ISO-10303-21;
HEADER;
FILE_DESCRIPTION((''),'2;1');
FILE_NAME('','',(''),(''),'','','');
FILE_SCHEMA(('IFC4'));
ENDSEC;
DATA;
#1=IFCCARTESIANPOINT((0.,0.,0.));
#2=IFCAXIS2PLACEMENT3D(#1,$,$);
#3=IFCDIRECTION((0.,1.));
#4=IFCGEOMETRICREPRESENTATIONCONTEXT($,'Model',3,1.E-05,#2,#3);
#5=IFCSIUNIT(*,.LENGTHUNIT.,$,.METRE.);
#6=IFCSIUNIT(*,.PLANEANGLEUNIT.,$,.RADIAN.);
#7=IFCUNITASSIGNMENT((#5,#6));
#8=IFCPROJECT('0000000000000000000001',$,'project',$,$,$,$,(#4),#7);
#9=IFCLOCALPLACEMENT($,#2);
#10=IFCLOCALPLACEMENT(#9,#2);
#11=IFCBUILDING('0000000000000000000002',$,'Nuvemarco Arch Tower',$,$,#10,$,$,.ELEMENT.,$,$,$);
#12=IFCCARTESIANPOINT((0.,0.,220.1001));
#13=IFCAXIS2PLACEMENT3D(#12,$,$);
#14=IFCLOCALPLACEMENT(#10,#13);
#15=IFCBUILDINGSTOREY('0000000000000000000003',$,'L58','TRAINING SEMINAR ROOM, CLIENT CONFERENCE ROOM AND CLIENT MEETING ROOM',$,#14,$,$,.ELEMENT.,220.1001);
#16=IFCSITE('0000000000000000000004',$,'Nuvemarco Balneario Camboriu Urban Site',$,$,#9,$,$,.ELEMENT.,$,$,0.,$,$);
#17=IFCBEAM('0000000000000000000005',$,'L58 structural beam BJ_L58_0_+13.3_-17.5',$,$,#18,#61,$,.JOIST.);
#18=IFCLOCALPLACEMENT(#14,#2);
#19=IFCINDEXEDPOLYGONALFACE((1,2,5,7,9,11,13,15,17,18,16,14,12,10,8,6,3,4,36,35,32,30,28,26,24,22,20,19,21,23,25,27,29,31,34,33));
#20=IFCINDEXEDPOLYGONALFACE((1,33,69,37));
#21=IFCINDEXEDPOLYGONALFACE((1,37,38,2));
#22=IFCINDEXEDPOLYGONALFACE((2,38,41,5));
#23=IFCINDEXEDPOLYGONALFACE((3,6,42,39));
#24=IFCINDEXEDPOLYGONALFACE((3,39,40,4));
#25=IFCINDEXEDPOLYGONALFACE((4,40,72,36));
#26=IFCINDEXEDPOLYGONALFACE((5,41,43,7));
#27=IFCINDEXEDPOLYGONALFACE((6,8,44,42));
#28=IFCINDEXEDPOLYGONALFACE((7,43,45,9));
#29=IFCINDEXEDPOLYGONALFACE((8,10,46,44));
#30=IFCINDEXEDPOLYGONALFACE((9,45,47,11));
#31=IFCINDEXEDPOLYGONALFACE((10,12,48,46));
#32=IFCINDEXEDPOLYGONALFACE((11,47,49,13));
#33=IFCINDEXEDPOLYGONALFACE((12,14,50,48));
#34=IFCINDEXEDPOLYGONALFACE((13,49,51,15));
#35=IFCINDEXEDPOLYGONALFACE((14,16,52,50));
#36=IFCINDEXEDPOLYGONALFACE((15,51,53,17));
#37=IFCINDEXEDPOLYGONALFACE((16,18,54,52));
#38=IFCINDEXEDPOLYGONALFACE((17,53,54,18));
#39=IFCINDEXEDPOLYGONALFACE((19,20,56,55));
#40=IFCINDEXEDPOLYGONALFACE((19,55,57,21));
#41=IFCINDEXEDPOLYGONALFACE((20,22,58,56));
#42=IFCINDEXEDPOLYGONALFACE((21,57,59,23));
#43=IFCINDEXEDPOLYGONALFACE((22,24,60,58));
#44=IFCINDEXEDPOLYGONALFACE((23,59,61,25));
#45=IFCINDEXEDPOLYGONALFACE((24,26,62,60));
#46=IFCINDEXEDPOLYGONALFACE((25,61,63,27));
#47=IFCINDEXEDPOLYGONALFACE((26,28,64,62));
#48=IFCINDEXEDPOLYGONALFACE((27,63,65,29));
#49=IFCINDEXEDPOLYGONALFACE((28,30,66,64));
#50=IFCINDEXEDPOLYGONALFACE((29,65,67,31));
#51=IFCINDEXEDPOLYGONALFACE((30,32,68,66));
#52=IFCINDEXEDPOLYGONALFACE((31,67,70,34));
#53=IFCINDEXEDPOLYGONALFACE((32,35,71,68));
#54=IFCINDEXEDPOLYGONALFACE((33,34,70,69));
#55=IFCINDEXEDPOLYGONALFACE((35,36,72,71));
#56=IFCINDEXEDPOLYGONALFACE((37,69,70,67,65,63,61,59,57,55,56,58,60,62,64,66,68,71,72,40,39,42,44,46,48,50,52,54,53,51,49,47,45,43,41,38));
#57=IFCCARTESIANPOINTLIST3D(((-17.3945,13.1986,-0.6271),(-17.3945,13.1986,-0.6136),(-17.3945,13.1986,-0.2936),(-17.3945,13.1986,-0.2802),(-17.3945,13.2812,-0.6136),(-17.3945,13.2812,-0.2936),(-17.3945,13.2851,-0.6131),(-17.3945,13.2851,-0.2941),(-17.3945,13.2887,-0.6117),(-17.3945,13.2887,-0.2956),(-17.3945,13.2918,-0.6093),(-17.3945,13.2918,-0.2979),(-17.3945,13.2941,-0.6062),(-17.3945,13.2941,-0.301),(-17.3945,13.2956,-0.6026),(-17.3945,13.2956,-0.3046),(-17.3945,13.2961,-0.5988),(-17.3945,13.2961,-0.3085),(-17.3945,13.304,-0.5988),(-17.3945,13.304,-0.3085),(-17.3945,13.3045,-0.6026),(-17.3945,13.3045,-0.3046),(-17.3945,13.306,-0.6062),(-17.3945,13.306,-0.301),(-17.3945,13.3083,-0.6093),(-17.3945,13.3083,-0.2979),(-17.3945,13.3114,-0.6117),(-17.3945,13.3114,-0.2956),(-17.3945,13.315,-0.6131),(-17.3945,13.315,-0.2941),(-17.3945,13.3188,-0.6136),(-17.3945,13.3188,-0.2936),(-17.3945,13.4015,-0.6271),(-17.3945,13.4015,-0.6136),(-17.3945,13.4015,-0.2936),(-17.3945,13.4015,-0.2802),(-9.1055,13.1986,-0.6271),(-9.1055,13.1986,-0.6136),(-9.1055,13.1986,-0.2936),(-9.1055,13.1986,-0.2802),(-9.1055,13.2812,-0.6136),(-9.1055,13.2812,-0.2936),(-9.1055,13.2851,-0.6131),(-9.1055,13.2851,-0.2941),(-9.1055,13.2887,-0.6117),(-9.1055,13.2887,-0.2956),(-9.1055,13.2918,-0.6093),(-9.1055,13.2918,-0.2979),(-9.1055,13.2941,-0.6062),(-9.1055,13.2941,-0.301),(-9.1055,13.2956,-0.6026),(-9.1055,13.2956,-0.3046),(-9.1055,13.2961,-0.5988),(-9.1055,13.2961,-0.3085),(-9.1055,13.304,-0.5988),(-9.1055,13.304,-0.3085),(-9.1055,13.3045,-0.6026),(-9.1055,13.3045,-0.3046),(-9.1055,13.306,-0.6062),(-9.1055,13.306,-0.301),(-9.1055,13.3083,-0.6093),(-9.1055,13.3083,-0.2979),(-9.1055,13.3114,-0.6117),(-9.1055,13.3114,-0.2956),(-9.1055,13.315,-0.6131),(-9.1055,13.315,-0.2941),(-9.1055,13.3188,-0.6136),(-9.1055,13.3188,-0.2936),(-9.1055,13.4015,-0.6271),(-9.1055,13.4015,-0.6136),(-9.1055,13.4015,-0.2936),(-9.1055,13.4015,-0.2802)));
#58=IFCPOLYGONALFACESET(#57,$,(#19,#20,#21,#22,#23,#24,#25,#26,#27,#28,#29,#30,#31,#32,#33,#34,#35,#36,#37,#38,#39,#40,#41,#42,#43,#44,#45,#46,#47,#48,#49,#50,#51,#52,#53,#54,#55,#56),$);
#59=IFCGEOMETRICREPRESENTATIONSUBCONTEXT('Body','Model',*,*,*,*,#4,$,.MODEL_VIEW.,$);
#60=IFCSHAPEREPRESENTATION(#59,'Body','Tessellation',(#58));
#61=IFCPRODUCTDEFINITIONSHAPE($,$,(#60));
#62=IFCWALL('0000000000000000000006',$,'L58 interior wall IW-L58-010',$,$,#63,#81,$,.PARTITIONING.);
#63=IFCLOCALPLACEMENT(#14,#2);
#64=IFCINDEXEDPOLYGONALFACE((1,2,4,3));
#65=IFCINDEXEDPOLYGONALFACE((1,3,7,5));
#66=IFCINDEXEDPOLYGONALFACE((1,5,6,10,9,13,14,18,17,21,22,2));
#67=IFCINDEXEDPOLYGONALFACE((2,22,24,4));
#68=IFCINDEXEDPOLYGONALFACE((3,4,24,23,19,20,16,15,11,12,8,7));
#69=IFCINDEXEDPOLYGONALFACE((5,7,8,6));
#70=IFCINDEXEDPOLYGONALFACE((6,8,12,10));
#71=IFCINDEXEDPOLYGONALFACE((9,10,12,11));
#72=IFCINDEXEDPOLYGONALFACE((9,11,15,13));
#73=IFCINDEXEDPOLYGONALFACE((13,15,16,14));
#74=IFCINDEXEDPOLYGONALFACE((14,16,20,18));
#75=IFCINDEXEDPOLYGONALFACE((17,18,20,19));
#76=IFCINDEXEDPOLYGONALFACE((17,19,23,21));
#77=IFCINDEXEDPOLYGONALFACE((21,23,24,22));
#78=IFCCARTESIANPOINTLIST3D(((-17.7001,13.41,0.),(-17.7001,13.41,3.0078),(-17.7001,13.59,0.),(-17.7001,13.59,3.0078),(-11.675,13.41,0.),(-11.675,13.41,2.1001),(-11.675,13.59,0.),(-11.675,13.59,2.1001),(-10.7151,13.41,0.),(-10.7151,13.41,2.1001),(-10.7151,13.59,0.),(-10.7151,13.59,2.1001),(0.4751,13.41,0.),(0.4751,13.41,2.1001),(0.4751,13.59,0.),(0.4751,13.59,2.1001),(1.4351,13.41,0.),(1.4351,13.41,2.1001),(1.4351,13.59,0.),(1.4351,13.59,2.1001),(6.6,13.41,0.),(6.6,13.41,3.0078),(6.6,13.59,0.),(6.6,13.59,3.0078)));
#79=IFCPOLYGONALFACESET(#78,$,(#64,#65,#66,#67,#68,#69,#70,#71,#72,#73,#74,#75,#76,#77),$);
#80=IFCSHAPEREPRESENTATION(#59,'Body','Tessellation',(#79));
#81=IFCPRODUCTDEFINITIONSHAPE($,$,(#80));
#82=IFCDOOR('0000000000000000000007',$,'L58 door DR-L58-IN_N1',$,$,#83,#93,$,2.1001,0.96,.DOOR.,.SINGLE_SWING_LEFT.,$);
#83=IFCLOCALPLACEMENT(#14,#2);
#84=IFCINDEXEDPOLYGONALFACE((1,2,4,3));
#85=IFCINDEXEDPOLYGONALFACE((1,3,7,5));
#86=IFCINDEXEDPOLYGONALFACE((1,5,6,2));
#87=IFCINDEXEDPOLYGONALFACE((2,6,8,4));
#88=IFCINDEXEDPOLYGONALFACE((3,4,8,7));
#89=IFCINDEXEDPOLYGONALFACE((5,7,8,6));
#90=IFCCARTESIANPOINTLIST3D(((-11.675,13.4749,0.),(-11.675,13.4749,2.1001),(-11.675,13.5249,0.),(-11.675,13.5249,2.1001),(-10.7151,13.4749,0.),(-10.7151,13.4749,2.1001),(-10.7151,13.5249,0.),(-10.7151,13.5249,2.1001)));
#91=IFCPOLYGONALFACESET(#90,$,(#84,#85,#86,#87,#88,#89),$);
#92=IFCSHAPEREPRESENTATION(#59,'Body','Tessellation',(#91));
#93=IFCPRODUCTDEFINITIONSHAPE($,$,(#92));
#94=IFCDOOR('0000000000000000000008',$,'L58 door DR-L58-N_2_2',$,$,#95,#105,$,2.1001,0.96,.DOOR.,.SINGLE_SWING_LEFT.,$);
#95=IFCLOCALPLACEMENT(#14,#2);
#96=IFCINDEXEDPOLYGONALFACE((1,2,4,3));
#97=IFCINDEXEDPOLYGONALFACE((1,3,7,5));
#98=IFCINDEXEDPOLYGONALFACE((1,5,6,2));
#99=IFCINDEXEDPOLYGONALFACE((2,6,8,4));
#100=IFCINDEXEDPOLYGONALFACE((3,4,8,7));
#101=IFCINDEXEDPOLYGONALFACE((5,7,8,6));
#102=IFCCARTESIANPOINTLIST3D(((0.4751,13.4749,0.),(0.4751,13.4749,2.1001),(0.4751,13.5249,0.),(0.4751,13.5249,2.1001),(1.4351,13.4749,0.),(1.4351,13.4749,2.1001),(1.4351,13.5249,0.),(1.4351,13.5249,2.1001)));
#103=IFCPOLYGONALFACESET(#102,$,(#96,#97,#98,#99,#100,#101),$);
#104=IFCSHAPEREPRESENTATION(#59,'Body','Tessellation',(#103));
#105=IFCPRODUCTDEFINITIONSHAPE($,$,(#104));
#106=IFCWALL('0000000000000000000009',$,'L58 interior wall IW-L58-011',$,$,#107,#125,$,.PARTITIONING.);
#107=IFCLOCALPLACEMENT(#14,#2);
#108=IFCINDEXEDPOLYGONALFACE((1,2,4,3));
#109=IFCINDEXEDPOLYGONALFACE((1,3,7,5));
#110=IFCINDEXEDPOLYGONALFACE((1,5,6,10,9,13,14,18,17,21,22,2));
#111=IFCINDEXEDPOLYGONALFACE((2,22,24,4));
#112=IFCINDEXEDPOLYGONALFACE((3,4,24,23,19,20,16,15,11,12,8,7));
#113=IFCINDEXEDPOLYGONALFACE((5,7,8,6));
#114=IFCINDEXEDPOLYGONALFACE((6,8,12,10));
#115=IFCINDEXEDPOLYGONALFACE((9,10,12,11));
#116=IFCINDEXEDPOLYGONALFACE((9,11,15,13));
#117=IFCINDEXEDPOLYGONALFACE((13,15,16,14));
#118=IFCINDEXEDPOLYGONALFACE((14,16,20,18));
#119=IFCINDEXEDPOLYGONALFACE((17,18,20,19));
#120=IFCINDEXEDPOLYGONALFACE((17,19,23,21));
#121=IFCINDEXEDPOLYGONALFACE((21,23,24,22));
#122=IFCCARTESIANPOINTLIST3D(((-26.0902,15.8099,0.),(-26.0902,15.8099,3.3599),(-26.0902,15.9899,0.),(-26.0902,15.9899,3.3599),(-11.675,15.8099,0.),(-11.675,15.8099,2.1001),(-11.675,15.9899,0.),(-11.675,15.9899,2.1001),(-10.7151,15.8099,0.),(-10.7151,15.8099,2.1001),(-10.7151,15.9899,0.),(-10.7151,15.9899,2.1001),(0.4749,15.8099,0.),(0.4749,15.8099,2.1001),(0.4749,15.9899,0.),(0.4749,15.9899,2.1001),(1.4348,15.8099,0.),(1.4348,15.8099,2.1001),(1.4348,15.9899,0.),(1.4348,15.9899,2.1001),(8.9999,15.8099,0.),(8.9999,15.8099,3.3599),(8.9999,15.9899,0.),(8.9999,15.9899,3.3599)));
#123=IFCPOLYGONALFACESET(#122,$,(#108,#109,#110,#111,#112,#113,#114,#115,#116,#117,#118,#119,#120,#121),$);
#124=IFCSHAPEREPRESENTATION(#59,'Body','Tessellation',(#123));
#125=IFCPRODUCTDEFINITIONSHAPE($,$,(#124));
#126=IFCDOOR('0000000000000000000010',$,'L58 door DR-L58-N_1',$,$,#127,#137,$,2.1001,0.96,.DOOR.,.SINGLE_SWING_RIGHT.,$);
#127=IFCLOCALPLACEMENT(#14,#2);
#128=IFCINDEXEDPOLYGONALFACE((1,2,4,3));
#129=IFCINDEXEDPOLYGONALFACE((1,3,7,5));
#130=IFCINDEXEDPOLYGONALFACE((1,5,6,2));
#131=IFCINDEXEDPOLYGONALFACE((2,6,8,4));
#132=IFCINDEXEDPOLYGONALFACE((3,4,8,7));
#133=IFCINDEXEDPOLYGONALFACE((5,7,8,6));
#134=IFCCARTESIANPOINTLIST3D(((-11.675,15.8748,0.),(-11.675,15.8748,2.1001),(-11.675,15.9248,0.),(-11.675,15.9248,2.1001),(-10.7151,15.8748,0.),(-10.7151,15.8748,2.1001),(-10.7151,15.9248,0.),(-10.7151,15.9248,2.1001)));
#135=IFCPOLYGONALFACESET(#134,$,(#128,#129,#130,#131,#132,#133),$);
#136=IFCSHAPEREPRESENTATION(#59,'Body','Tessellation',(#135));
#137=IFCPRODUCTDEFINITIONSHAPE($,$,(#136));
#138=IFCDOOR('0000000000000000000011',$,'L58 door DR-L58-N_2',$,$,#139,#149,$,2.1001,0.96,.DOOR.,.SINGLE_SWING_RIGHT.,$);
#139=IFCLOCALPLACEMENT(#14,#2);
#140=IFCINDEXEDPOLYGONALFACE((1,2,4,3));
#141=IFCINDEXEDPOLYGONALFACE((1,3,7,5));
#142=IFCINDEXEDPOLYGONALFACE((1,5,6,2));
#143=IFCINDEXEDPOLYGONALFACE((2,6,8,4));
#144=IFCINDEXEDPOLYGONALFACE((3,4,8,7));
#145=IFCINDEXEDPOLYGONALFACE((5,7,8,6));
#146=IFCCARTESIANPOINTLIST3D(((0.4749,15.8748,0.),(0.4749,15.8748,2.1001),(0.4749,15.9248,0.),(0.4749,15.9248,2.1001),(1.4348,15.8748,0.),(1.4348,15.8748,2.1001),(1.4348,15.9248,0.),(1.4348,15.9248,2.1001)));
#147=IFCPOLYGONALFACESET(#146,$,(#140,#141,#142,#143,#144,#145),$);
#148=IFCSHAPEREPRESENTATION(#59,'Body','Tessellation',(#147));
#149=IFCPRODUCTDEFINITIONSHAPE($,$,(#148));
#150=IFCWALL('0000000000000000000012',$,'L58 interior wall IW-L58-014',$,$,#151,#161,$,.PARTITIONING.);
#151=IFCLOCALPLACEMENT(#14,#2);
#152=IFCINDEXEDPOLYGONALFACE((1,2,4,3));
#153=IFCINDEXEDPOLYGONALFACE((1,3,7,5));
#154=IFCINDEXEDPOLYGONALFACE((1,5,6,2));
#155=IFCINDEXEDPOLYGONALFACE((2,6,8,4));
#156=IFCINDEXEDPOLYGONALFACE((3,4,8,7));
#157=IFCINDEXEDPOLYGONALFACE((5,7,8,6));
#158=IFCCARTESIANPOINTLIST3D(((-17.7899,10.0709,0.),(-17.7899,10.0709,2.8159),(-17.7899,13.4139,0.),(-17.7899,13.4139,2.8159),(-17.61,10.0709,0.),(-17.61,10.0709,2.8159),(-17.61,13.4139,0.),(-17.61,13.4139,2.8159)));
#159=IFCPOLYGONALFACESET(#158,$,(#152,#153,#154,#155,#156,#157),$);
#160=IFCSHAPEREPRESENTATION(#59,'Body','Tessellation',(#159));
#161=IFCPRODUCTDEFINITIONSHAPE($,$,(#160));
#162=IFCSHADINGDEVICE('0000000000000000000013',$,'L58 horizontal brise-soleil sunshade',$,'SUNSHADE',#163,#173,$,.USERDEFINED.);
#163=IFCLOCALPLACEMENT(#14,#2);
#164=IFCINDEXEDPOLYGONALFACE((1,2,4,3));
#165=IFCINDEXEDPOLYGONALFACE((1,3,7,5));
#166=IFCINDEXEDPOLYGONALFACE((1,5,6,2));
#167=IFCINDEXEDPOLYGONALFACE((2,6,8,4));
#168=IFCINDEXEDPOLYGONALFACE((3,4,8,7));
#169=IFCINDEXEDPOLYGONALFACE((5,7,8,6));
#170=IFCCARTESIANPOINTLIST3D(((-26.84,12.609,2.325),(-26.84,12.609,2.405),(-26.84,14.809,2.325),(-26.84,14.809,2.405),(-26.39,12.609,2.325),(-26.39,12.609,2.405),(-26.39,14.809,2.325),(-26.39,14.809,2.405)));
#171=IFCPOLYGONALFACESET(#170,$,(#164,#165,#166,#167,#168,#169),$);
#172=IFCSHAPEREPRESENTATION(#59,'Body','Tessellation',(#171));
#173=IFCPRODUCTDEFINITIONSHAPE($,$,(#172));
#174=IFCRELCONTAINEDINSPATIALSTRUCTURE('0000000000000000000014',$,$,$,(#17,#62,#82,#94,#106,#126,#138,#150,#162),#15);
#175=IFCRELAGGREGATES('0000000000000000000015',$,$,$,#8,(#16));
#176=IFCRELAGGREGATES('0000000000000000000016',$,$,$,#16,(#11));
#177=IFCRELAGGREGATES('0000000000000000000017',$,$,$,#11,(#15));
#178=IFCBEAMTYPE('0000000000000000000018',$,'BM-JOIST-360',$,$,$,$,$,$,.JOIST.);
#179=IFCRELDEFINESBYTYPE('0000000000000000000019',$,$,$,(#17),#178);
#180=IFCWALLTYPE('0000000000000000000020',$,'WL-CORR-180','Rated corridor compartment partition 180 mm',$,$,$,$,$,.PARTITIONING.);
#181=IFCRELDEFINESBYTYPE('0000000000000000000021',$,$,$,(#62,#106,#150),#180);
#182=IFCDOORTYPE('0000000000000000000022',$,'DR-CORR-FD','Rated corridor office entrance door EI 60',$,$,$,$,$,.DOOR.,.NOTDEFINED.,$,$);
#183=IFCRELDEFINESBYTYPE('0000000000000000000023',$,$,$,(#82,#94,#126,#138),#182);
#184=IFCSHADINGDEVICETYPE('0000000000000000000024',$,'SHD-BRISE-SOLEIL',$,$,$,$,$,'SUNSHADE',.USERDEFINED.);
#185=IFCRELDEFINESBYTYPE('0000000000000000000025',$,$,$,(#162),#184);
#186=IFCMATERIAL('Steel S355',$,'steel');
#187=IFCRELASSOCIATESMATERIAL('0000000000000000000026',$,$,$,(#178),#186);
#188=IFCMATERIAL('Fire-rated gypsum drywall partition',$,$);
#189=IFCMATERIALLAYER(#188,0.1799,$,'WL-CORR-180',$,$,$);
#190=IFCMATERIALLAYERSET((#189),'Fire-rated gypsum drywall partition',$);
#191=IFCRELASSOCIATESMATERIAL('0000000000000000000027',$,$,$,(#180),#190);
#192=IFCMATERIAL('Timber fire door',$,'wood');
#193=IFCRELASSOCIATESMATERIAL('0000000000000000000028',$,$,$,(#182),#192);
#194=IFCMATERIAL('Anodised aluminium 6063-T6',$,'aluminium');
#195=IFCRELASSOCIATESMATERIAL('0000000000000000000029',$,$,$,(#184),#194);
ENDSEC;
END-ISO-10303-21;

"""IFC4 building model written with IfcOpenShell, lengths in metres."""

from ifc_helpers import new_model, si_unit, direction, frame, frame_2d, origin, origin_2d, place, context, subcontext, project, spatial, rectangle, i_section, extrude, source, transform, mapped, material, layer, layer_set, material_profile, profile_set, type_object, type_shapes, element, fill, save


model = new_model("IFC4")

# Units and contexts
model_context = context("Model", 3, precision=1e-05, world=origin(), true_north=direction((0.0, 1.0)))
body_context = subcontext(model_context, "Body", "Model", "MODEL_VIEW")
ifc_project = project(units=[si_unit("LENGTHUNIT", "METRE"), si_unit("PLANEANGLEUNIT", "RADIAN")], contexts=[model_context])

# Site, building, storey
site_placement = place(None, origin())
site = spatial("IfcSite", under=ifc_project, at=site_placement, Name="Nuvemarco Balneario Camboriu Urban Site", CompositionType="ELEMENT", RefElevation=0.0)
building_placement = place(site_placement, origin())
building = spatial("IfcBuilding", under=site, at=building_placement, Name="Nuvemarco Arch Tower", CompositionType="ELEMENT")
storey_placement = place(building_placement, frame((0.0, 0.0, 220.1001)))
storey = spatial("IfcBuildingStorey", under=building, at=storey_placement, Name="L58", Description="TRAINING SEMINAR ROOM, CLIENT CONFERENCE ROOM AND CLIENT MEETING ROOM", CompositionType="ELEMENT", Elevation=220.1001)

# Shared definitions
ifc_material_1 = material(Name="Steel S355", Category="steel")

# Beam
ifc_material_profile_1 = material_profile(ifc_material_1, i_section(OverallWidth=0.2029, OverallDepth=0.3469, WebThickness=0.0078, FlangeThickness=0.0134, FilletRadius=0.0149, at=origin_2d()), Name="W360x64")
ifc_profile_set_1 = profile_set([ifc_material_profile_1], Name="Steel S355")
beam_type_1 = type_object("IfcBeamType", Name="BM-JOIST-360", PredefinedType="JOIST", material=ifc_profile_set_1)
beam_1_placement = place(storey_placement, frame((-17.3945, 13.3, -0.4536), z_axis=(1.0, 0.0, 0.0), x_axis=(0.0, 1.0, 0.0)))
element("IfcBeam", 1, at=beam_1_placement, inside=storey, type_object=beam_type_1, Name="L58 structural beam BJ_L58_0_+13.3_-17.5", PredefinedType="JOIST", context=body_context, shape_type="SweptSolid", body=[
    extrude(i_section(OverallWidth=0.2029, OverallDepth=0.3469, WebThickness=0.0078, FlangeThickness=0.0134, FilletRadius=0.0149, at=origin_2d()), origin(), (0.0, 0.0, 1.0), 8.2891),
])

# Walls, openings, doors
ifc_material_2 = material(Name="Fire-rated gypsum drywall partition")
ifc_layer = layer(ifc_material_2, 0.1799, Name="WL-CORR-180")
ifc_layer_set = layer_set([ifc_layer], Name="Fire-rated gypsum drywall partition")
wall_type = type_object("IfcWallType", Name="WL-CORR-180", Description="Rated corridor compartment partition 180 mm", PredefinedType="PARTITIONING", material=ifc_layer_set)
wall_1_placement = place(storey_placement, frame((-17.7, 13.5, 0.0), z_axis=(0.0, 0.0, 1.0), x_axis=(1.0, 0.0, 0.0)))
wall_1 = element("IfcWall", 2, at=wall_1_placement, inside=storey, type_object=wall_type, Name="L58 interior wall IW-L58-010", PredefinedType="PARTITIONING", context=body_context, shape_type="SweptSolid", body=[
    extrude(rectangle(XDim=24.3, YDim=0.1799, at=frame_2d((12.1499, 0.0))), origin(), (0.0, 0.0, 1.0), 3.0078),
])
opening_1_placement = place(wall_1_placement, frame((6.0249, 0.0, 0.0)))
opening_1 = element("IfcOpeningElement", 3, at=opening_1_placement, cuts=wall_1, PredefinedType="OPENING", context=body_context, shape_type="SweptSolid", body=[
    extrude(rectangle(XDim=0.96, YDim=2.1001, at=frame_2d((0.48, 1.05))), frame((0.0, 0.0999, 0.0), z_axis=(0.0, -1.0, 0.0), x_axis=(1.0, 0.0, 0.0)), (0.0, 0.0, 1.0), 0.2),
])
opening_2_placement = place(wall_1_placement, frame((18.175, 0.0, 0.0)))
opening_2 = element("IfcOpeningElement", 4, at=opening_2_placement, cuts=wall_1, PredefinedType="OPENING", context=body_context, shape_type="SweptSolid", body=[
    extrude(rectangle(XDim=0.96, YDim=2.1001, at=frame_2d((0.48, 1.05))), frame((0.0, 0.0999, 0.0), z_axis=(0.0, -1.0, 0.0), x_axis=(1.0, 0.0, 0.0)), (0.0, 0.0, 1.0), 0.2),
])
ifc_material_3 = material(Name="Timber fire door", Category="wood")
door_type = type_object("IfcDoorType", Name="DR-CORR-FD", Description="Rated corridor office entrance door EI 60", OperationType="NOTDEFINED", PredefinedType="DOOR", material=ifc_material_3)
shared_shape_1 = source(origin(), body_context, "Body", "SweptSolid", [
    extrude(rectangle(XDim=0.96, YDim=2.1001, at=frame_2d((0.48, 1.05))), frame((0.0, 0.0249, 0.0), z_axis=(0.0, -1.0, 0.0), x_axis=(1.0, 0.0, 0.0)), (0.0, 0.0, 1.0), 0.05),
])
type_shapes(door_type, [shared_shape_1])
door_1_placement = place(opening_1_placement, origin())
door_1 = element("IfcDoor", 5, at=door_1_placement, inside=storey, type_object=door_type, Name="L58 door DR-L58-IN_N1", OperationType="SINGLE_SWING_LEFT", OverallHeight=2.1001, OverallWidth=0.96, PredefinedType="DOOR", context=body_context, shape_type="MappedRepresentation", body=[
    mapped(shared_shape_1, transform((0.0, 0.0, 0.0), scale=1.0)),
])
fill(opening_1, door_1)
door_2_placement = place(opening_2_placement, origin())
door_2 = element("IfcDoor", 6, at=door_2_placement, inside=storey, type_object=door_type, Name="L58 door DR-L58-N_2_2", OperationType="SINGLE_SWING_LEFT", OverallHeight=2.1001, OverallWidth=0.96, PredefinedType="DOOR", context=body_context, shape_type="MappedRepresentation", body=[
    mapped(shared_shape_1, transform((0.0, 0.0, 0.0), scale=1.0)),
])
fill(opening_2, door_2)
wall_2_placement = place(storey_placement, frame((-26.0901, 15.8999, 0.0), z_axis=(0.0, 0.0, 1.0), x_axis=(1.0, 0.0, 0.0)))
wall_2 = element("IfcWall", 7, at=wall_2_placement, inside=storey, type_object=wall_type, Name="L58 interior wall IW-L58-011", PredefinedType="PARTITIONING", context=body_context, shape_type="SweptSolid", body=[
    extrude(rectangle(XDim=35.0901, YDim=0.1799, at=frame_2d((17.5449, 0.0))), origin(), (0.0, 0.0, 1.0), 3.3599),
])
opening_3_placement = place(wall_2_placement, frame((14.415, 0.0, 0.0)))
opening_3 = element("IfcOpeningElement", 8, at=opening_3_placement, cuts=wall_2, PredefinedType="OPENING", context=body_context, shape_type="SweptSolid", body=[
    extrude(rectangle(XDim=0.96, YDim=2.1001, at=frame_2d((0.48, 1.05))), frame((0.0, 0.0999, 0.0), z_axis=(0.0, -1.0, 0.0), x_axis=(1.0, 0.0, 0.0)), (0.0, 0.0, 1.0), 0.2),
])
opening_4_placement = place(wall_2_placement, frame((26.5649, 0.0, 0.0)))
opening_4 = element("IfcOpeningElement", 9, at=opening_4_placement, cuts=wall_2, PredefinedType="OPENING", context=body_context, shape_type="SweptSolid", body=[
    extrude(rectangle(XDim=0.96, YDim=2.1001, at=frame_2d((0.48, 1.05))), frame((0.0, 0.0999, 0.0), z_axis=(0.0, -1.0, 0.0), x_axis=(1.0, 0.0, 0.0)), (0.0, 0.0, 1.0), 0.2),
])
door_3_placement = place(opening_3_placement, origin())
door_3 = element("IfcDoor", 10, at=door_3_placement, inside=storey, type_object=door_type, Name="L58 door DR-L58-N_1", OperationType="SINGLE_SWING_RIGHT", OverallHeight=2.1001, OverallWidth=0.96, PredefinedType="DOOR", context=body_context, shape_type="MappedRepresentation", body=[
    mapped(shared_shape_1, transform((0.0, 0.0, 0.0), scale=1.0)),
])
fill(opening_3, door_3)
door_4_placement = place(opening_4_placement, origin())
door_4 = element("IfcDoor", 11, at=door_4_placement, inside=storey, type_object=door_type, Name="L58 door DR-L58-N_2", OperationType="SINGLE_SWING_RIGHT", OverallHeight=2.1001, OverallWidth=0.96, PredefinedType="DOOR", context=body_context, shape_type="MappedRepresentation", body=[
    mapped(shared_shape_1, transform((0.0, 0.0, 0.0), scale=1.0)),
])
fill(opening_4, door_4)

# Wall
wall_3_placement = place(storey_placement, frame((-17.7, 10.071, 0.0), z_axis=(0.0, 0.0, 1.0), x_axis=(0.0, 1.0, 0.0)))
element("IfcWall", 12, at=wall_3_placement, inside=storey, type_object=wall_type, Name="L58 interior wall IW-L58-014", PredefinedType="PARTITIONING", context=body_context, shape_type="SweptSolid", body=[
    extrude(rectangle(XDim=3.343, YDim=0.1799, at=frame_2d((1.6714, 0.0))), origin(), (0.0, 0.0, 1.0), 2.8159),
])

# Shading device
ifc_material_4 = material(Name="Anodised aluminium 6063-T6", Category="aluminium")
shading_device_type = type_object("IfcShadingDeviceType", Name="SHD-BRISE-SOLEIL", ElementType="SUNSHADE", PredefinedType="USERDEFINED", material=ifc_material_4)
shared_shape_2 = source(origin(), body_context, "Body", "SweptSolid", [
    extrude(rectangle(XDim=2.2, YDim=0.45, at=origin_2d()), origin(), (0.0, 0.0, 1.0), 0.0801),
])
type_shapes(shading_device_type, [shared_shape_2])
shading_device_placement = place(storey_placement, frame((-26.615, 13.709, 2.325), z_axis=(0.0, 0.0, 1.0), x_axis=(0.0, 1.0, 0.0)))
element("IfcShadingDevice", 13, at=shading_device_placement, inside=storey, type_object=shading_device_type, Name="L58 horizontal brise-soleil sunshade", ObjectType="SUNSHADE", PredefinedType="USERDEFINED", context=body_context, shape_type="MappedRepresentation", body=[
    mapped(shared_shape_2, transform((0.0, 0.0, 0.0), scale=1.0)),
])

save(model, "model.ifc")
